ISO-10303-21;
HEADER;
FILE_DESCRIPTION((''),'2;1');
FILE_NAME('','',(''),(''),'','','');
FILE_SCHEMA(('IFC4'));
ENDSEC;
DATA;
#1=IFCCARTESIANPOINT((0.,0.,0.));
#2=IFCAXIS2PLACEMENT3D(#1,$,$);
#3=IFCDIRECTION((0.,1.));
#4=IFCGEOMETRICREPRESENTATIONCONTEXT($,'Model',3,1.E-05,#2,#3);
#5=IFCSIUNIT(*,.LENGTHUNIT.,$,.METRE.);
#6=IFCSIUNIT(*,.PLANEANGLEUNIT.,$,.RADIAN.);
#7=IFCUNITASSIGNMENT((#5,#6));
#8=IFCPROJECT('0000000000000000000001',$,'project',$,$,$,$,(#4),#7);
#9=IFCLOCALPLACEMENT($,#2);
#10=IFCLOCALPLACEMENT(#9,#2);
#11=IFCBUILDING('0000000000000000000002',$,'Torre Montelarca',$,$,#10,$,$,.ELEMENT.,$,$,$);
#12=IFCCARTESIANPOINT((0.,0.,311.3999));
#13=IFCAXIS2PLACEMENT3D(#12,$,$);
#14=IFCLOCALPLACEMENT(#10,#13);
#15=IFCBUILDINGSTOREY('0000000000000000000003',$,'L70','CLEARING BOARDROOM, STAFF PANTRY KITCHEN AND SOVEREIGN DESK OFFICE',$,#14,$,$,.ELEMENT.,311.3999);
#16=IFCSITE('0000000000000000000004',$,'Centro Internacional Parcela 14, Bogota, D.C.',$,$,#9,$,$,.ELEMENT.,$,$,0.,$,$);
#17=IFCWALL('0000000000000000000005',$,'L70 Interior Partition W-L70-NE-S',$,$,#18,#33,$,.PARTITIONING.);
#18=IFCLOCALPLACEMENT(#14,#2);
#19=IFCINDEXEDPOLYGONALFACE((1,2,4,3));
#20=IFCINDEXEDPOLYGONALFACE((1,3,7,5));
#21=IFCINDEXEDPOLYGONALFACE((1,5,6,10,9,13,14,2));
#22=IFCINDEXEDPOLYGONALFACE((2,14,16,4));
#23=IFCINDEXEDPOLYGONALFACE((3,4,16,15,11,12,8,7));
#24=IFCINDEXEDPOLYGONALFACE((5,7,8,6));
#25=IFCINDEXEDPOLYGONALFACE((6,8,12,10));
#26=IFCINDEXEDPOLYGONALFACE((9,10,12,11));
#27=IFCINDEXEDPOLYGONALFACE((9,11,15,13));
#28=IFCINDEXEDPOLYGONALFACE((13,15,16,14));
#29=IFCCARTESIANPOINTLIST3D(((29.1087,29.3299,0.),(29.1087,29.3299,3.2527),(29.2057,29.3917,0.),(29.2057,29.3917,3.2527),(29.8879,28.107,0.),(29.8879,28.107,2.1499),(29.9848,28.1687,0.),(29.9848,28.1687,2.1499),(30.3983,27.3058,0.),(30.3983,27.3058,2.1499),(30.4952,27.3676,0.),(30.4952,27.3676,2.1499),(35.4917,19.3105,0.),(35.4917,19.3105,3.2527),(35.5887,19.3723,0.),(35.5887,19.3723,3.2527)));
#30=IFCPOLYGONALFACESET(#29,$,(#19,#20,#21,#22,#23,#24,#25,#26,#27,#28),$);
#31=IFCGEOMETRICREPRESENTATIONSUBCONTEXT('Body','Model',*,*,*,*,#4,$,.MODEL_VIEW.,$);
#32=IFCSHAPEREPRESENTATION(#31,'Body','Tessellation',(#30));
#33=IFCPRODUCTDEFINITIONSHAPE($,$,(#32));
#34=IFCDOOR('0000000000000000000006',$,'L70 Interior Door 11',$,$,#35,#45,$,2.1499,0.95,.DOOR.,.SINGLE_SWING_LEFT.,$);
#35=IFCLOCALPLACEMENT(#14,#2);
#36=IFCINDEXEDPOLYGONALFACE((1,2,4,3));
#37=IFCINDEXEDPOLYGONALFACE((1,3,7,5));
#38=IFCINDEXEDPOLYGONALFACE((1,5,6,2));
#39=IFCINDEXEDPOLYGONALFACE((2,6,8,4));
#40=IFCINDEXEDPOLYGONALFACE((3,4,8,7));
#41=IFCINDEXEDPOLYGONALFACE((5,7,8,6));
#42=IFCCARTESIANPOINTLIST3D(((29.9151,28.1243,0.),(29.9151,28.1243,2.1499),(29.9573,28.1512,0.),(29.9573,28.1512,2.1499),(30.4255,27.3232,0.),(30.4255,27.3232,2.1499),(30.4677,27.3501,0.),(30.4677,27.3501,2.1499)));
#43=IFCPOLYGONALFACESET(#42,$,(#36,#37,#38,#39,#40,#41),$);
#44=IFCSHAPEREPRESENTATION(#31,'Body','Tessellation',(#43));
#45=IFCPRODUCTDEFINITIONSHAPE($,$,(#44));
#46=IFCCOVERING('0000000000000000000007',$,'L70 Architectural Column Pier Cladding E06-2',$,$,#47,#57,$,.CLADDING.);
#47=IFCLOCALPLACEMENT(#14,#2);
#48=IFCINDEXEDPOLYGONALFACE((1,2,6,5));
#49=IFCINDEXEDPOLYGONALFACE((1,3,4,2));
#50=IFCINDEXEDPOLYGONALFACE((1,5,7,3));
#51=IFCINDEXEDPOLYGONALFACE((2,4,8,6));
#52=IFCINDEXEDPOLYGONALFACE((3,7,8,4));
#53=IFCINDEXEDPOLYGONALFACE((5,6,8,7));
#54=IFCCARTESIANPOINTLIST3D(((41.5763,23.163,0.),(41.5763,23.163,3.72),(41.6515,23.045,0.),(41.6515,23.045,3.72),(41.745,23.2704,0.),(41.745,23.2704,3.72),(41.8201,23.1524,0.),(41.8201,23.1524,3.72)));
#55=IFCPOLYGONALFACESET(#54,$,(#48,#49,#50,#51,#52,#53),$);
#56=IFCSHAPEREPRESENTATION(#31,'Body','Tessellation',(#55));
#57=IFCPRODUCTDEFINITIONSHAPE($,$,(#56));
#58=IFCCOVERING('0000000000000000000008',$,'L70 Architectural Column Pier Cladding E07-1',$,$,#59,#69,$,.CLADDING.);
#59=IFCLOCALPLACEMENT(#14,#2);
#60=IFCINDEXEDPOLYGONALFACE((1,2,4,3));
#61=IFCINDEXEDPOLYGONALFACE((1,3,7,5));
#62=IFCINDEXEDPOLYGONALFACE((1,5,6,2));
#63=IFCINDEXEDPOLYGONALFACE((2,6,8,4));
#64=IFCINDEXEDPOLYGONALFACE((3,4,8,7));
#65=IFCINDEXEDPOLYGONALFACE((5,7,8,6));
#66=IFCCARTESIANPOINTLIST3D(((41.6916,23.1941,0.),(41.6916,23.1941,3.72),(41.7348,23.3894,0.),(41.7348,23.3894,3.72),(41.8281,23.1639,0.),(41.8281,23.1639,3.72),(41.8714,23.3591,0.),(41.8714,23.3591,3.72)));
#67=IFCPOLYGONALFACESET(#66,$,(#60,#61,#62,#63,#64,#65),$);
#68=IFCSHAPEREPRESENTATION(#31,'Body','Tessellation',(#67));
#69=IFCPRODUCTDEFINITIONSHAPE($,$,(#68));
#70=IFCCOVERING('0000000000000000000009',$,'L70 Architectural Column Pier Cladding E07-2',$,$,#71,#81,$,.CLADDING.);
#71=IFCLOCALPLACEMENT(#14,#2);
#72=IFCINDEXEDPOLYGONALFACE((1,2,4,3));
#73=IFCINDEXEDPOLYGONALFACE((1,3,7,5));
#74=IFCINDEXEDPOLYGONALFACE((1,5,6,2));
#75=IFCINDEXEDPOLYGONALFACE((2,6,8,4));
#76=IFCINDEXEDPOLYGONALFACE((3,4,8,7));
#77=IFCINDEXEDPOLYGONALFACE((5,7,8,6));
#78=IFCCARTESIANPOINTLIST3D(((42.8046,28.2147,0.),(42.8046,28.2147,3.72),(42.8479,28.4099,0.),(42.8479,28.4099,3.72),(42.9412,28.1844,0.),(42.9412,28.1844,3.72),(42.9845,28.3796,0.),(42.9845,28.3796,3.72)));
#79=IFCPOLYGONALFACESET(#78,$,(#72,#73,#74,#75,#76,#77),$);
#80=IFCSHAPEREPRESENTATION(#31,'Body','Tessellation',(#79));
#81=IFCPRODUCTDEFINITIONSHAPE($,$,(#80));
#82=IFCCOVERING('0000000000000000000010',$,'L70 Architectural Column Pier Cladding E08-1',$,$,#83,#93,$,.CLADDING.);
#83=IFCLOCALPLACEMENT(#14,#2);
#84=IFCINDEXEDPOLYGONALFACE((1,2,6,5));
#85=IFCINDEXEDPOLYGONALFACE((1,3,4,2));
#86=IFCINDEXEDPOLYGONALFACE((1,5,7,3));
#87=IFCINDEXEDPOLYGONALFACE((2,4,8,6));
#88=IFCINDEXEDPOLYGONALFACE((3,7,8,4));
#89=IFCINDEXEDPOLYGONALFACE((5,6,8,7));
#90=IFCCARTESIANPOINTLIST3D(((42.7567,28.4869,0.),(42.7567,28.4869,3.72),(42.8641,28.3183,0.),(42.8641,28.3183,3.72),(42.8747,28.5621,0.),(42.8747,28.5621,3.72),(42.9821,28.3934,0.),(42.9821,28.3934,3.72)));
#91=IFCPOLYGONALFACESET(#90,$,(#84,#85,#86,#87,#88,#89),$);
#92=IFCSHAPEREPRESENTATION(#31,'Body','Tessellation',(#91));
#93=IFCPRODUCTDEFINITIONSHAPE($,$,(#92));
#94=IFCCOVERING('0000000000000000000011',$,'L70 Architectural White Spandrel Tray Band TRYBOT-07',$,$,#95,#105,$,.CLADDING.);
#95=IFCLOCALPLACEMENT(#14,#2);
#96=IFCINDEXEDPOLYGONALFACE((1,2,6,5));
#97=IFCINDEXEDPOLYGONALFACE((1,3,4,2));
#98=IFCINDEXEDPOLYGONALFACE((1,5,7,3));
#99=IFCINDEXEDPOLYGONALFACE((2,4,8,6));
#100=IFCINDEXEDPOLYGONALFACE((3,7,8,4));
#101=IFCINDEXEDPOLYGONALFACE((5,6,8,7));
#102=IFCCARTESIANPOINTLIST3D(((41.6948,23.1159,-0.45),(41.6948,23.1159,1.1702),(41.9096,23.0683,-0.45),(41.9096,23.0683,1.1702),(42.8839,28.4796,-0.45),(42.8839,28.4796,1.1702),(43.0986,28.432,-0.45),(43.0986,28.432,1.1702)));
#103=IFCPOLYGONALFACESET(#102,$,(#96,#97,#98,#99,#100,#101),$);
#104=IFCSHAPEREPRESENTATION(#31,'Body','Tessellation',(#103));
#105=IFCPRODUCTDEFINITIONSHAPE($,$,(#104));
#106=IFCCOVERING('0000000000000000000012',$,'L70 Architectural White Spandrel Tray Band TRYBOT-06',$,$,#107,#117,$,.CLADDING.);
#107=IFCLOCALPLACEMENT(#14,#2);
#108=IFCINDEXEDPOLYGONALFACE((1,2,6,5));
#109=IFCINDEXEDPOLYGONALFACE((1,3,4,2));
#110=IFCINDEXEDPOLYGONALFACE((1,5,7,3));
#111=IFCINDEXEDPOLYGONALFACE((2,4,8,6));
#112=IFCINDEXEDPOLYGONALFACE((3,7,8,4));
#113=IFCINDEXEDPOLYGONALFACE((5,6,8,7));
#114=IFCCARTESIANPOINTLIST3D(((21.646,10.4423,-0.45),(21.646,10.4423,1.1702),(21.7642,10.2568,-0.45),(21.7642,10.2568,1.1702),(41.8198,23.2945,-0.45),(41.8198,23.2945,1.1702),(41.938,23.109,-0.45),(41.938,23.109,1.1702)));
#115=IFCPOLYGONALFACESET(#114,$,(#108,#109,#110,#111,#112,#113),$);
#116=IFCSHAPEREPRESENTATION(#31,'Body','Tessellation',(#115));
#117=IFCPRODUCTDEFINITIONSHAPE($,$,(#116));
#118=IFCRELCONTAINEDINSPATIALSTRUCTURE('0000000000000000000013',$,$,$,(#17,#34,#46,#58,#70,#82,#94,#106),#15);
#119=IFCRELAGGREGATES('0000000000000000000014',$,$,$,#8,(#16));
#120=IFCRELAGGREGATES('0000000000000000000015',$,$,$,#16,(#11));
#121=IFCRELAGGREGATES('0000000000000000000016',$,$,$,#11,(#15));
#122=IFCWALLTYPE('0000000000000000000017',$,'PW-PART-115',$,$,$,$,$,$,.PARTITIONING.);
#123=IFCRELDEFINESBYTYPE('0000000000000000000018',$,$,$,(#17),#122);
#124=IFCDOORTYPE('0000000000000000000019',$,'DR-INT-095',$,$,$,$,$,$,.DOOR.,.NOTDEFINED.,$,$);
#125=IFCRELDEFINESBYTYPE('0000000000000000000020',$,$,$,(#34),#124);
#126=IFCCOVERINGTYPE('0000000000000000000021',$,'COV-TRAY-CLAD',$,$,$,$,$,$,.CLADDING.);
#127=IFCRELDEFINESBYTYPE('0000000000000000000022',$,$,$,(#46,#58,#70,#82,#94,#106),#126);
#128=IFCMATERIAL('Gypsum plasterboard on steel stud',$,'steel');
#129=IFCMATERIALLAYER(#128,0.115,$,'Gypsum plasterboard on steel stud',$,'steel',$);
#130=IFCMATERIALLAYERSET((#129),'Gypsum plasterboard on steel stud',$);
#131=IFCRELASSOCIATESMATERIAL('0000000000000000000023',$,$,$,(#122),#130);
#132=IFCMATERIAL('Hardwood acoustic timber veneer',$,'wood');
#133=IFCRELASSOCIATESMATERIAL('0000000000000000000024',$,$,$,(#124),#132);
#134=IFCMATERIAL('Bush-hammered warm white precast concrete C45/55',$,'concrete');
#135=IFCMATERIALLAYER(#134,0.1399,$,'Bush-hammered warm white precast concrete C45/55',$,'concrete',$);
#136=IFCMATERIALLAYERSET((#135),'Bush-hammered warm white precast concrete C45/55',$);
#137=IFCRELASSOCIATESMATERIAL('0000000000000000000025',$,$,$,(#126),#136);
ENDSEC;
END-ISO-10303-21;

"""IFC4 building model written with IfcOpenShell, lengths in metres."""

from ifc_helpers import new_model, si_unit, direction, frame, frame_2d, origin, origin_2d, place, context, subcontext, project, spatial, rectangle, extrude, source, transform, mapped, material, layer, layer_set, type_object, element, fill, save


model = new_model("IFC4")

# Units and contexts
model_context = context("Model", 3, precision=1e-05, world=origin(), true_north=direction((0.0, 1.0)))
body_context = subcontext(model_context, "Body", "Model", "MODEL_VIEW")
ifc_project = project(units=[si_unit("LENGTHUNIT", "METRE"), si_unit("PLANEANGLEUNIT", "RADIAN")], contexts=[model_context])

# Site, building, storey
site_placement = place(None, origin())
site = spatial("IfcSite", under=ifc_project, at=site_placement, Name="Centro Internacional Parcela 14, Bogota, D.C.", CompositionType="ELEMENT", RefElevation=0.0)
building_placement = place(site_placement, origin())
building = spatial("IfcBuilding", under=site, at=building_placement, Name="Torre Montelarca", CompositionType="ELEMENT")
storey_placement = place(building_placement, frame((0.0, 0.0, 311.3999)))
storey = spatial("IfcBuildingStorey", under=building, at=storey_placement, Name="L70", Description="CLEARING BOARDROOM, STAFF PANTRY KITCHEN AND SOVEREIGN DESK OFFICE", CompositionType="ELEMENT", Elevation=311.3999)

# Shared definitions
ifc_material_1 = material(Name="Gypsum plasterboard on steel stud", Category="steel")

# Wall, opening, door
ifc_layer_1 = layer(ifc_material_1, 0.115, Name="Gypsum plasterboard on steel stud", Category="steel")
ifc_layer_set_1 = layer_set([ifc_layer_1], Name="Gypsum plasterboard on steel stud")
wall_type_1 = type_object("IfcWallType", Name="PW-PART-115", PredefinedType="PARTITIONING", material=ifc_layer_set_1)
wall_1_placement = place(storey_placement, frame((29.1572, 29.3608, 0.0), z_axis=(0.0, 0.0, 1.0), x_axis=(0.537294, -0.843395, 0.0)))
wall_1 = element("IfcWall", 1, at=wall_1_placement, inside=storey, type_object=wall_type_1, Name="L70 Interior Partition W-L70-NE-S", PredefinedType="PARTITIONING", context=body_context, shape_type="SweptSolid", body=[
    extrude(rectangle(XDim=11.8799, YDim=0.115, at=frame_2d((5.9399, 0.0))), origin(), (0.0, 0.0, 1.0), 3.2527),
])
opening_placement = place(wall_1_placement, frame((1.45, 0.0, 0.0)))
opening = element("IfcOpeningElement", 2, at=opening_placement, cuts=wall_1, PredefinedType="OPENING", context=body_context, shape_type="SweptSolid", body=[
    extrude(rectangle(XDim=0.95, YDim=2.1499, at=frame_2d((0.4751, 1.075))), frame((0.0, 0.0674, 0.0), z_axis=(0.0, -1.0, 0.0), x_axis=(1.0, 0.0, 0.0)), (0.0, 0.0, 1.0), 0.135),
])
ifc_material_2 = material(Name="Hardwood acoustic timber veneer", Category="wood")
door_type = type_object("IfcDoorType", Name="DR-INT-095", OperationType="NOTDEFINED", PredefinedType="DOOR", material=ifc_material_2)
shared_shape_1 = source(origin(), body_context, "Body", "SweptSolid", [
    extrude(rectangle(XDim=0.95, YDim=2.1499, at=frame_2d((0.4751, 1.075))), frame((0.0, 0.0249, 0.0), z_axis=(0.0, -1.0, 0.0), x_axis=(1.0, 0.0, 0.0)), (0.0, 0.0, 1.0), 0.05),
])
door_placement = place(opening_placement, origin())
door = element("IfcDoor", 3, at=door_placement, inside=storey, type_object=door_type, Name="L70 Interior Door 11", OperationType="SINGLE_SWING_LEFT", OverallHeight=2.1499, OverallWidth=0.95, PredefinedType="DOOR", context=body_context, shape_type="MappedRepresentation", body=[
    mapped(shared_shape_1, transform((0.0, 0.0, 0.0), scale=1.0)),
])
fill(opening, door)

# Coverings
ifc_material_3 = material(Name="Bush-hammered warm white precast concrete C45/55", Category="concrete")
ifc_layer_2 = layer(ifc_material_3, 0.1399, Name="Bush-hammered warm white precast concrete C45/55", Category="concrete")
ifc_layer_set_2 = layer_set([ifc_layer_2], Name="Bush-hammered warm white precast concrete C45/55")
covering_type = type_object("IfcCoveringType", Name="COV-TRAY-CLAD", PredefinedType="CLADDING", material=ifc_layer_set_2)
shared_shape_2 = source(origin(), body_context, "Body", "SweptSolid", [
    extrude(rectangle(XDim=0.2, YDim=0.1399, at=origin_2d()), origin(), (0.0, 0.0, 1.0), 3.72),
])
for number, where, z_axis, x_axis, name in (
    (4, (41.6982, 23.1577, 0.0), (0.0, 0.0, 1.0), (0.843391, 0.537301, 0.0), "L70 Architectural Column Pier Cladding E06-2"),
    (5, (41.7815, 23.2766, 0.0), (0.0, 0.0, 1.0), (0.216429, 0.976298, 0.0), "L70 Architectural Column Pier Cladding E07-1"),
    (6, (42.8945, 28.2971, 0.0), (0.0, 0.0, 1.0), (0.216429, 0.976298, 0.0), "L70 Architectural Column Pier Cladding E07-2"),
    (7, (42.8694, 28.4402, 0.0), (0.0, 0.0, 1.0), (-0.5373, 0.843391, 0.0), "L70 Architectural Column Pier Cladding E08-1"),
):
    element("IfcCovering", number, at=place(storey_placement, frame(where, z_axis=z_axis, x_axis=x_axis)), inside=storey, type_object=covering_type, Name=name, PredefinedType="CLADDING", context=body_context, shape_type="MappedRepresentation", body=[
        mapped(shared_shape_2, transform((0.0, 0.0, 0.0), scale=1.0)),
    ])
shared_shape_3 = source(origin(), body_context, "Body", "SweptSolid", [
    extrude(rectangle(XDim=5.4939, YDim=0.22, at=origin_2d()), origin(), (0.0, 0.0, 1.0), 1.6201),
])
covering_1_placement = place(storey_placement, frame((42.3967, 25.7739, -0.45), z_axis=(0.0, 0.0, 1.0), x_axis=(0.216433, 0.976298, 0.0)))
element("IfcCovering", 8, at=covering_1_placement, inside=storey, type_object=covering_type, Name="L70 Architectural White Spandrel Tray Band TRYBOT-07", PredefinedType="CLADDING", context=body_context, shape_type="MappedRepresentation", body=[
    mapped(shared_shape_3, transform((0.0, 0.0, 0.0), scale=1.0)),
])
shared_shape_4 = source(origin(), body_context, "Body", "SweptSolid", [
    extrude(rectangle(XDim=23.9199, YDim=0.22, at=origin_2d()), origin(), (0.0, 0.0, 1.0), 1.6201),
])
covering_2_placement = place(storey_placement, frame((31.792, 16.7756, -0.45), z_axis=(0.0, 0.0, 1.0), x_axis=(0.843391, 0.5373, 0.0)))
element("IfcCovering", 9, at=covering_2_placement, inside=storey, type_object=covering_type, Name="L70 Architectural White Spandrel Tray Band TRYBOT-06", PredefinedType="CLADDING", context=body_context, shape_type="MappedRepresentation", body=[
    mapped(shared_shape_4, transform((0.0, 0.0, 0.0), scale=1.0)),
])

save(model, "model.ifc")
